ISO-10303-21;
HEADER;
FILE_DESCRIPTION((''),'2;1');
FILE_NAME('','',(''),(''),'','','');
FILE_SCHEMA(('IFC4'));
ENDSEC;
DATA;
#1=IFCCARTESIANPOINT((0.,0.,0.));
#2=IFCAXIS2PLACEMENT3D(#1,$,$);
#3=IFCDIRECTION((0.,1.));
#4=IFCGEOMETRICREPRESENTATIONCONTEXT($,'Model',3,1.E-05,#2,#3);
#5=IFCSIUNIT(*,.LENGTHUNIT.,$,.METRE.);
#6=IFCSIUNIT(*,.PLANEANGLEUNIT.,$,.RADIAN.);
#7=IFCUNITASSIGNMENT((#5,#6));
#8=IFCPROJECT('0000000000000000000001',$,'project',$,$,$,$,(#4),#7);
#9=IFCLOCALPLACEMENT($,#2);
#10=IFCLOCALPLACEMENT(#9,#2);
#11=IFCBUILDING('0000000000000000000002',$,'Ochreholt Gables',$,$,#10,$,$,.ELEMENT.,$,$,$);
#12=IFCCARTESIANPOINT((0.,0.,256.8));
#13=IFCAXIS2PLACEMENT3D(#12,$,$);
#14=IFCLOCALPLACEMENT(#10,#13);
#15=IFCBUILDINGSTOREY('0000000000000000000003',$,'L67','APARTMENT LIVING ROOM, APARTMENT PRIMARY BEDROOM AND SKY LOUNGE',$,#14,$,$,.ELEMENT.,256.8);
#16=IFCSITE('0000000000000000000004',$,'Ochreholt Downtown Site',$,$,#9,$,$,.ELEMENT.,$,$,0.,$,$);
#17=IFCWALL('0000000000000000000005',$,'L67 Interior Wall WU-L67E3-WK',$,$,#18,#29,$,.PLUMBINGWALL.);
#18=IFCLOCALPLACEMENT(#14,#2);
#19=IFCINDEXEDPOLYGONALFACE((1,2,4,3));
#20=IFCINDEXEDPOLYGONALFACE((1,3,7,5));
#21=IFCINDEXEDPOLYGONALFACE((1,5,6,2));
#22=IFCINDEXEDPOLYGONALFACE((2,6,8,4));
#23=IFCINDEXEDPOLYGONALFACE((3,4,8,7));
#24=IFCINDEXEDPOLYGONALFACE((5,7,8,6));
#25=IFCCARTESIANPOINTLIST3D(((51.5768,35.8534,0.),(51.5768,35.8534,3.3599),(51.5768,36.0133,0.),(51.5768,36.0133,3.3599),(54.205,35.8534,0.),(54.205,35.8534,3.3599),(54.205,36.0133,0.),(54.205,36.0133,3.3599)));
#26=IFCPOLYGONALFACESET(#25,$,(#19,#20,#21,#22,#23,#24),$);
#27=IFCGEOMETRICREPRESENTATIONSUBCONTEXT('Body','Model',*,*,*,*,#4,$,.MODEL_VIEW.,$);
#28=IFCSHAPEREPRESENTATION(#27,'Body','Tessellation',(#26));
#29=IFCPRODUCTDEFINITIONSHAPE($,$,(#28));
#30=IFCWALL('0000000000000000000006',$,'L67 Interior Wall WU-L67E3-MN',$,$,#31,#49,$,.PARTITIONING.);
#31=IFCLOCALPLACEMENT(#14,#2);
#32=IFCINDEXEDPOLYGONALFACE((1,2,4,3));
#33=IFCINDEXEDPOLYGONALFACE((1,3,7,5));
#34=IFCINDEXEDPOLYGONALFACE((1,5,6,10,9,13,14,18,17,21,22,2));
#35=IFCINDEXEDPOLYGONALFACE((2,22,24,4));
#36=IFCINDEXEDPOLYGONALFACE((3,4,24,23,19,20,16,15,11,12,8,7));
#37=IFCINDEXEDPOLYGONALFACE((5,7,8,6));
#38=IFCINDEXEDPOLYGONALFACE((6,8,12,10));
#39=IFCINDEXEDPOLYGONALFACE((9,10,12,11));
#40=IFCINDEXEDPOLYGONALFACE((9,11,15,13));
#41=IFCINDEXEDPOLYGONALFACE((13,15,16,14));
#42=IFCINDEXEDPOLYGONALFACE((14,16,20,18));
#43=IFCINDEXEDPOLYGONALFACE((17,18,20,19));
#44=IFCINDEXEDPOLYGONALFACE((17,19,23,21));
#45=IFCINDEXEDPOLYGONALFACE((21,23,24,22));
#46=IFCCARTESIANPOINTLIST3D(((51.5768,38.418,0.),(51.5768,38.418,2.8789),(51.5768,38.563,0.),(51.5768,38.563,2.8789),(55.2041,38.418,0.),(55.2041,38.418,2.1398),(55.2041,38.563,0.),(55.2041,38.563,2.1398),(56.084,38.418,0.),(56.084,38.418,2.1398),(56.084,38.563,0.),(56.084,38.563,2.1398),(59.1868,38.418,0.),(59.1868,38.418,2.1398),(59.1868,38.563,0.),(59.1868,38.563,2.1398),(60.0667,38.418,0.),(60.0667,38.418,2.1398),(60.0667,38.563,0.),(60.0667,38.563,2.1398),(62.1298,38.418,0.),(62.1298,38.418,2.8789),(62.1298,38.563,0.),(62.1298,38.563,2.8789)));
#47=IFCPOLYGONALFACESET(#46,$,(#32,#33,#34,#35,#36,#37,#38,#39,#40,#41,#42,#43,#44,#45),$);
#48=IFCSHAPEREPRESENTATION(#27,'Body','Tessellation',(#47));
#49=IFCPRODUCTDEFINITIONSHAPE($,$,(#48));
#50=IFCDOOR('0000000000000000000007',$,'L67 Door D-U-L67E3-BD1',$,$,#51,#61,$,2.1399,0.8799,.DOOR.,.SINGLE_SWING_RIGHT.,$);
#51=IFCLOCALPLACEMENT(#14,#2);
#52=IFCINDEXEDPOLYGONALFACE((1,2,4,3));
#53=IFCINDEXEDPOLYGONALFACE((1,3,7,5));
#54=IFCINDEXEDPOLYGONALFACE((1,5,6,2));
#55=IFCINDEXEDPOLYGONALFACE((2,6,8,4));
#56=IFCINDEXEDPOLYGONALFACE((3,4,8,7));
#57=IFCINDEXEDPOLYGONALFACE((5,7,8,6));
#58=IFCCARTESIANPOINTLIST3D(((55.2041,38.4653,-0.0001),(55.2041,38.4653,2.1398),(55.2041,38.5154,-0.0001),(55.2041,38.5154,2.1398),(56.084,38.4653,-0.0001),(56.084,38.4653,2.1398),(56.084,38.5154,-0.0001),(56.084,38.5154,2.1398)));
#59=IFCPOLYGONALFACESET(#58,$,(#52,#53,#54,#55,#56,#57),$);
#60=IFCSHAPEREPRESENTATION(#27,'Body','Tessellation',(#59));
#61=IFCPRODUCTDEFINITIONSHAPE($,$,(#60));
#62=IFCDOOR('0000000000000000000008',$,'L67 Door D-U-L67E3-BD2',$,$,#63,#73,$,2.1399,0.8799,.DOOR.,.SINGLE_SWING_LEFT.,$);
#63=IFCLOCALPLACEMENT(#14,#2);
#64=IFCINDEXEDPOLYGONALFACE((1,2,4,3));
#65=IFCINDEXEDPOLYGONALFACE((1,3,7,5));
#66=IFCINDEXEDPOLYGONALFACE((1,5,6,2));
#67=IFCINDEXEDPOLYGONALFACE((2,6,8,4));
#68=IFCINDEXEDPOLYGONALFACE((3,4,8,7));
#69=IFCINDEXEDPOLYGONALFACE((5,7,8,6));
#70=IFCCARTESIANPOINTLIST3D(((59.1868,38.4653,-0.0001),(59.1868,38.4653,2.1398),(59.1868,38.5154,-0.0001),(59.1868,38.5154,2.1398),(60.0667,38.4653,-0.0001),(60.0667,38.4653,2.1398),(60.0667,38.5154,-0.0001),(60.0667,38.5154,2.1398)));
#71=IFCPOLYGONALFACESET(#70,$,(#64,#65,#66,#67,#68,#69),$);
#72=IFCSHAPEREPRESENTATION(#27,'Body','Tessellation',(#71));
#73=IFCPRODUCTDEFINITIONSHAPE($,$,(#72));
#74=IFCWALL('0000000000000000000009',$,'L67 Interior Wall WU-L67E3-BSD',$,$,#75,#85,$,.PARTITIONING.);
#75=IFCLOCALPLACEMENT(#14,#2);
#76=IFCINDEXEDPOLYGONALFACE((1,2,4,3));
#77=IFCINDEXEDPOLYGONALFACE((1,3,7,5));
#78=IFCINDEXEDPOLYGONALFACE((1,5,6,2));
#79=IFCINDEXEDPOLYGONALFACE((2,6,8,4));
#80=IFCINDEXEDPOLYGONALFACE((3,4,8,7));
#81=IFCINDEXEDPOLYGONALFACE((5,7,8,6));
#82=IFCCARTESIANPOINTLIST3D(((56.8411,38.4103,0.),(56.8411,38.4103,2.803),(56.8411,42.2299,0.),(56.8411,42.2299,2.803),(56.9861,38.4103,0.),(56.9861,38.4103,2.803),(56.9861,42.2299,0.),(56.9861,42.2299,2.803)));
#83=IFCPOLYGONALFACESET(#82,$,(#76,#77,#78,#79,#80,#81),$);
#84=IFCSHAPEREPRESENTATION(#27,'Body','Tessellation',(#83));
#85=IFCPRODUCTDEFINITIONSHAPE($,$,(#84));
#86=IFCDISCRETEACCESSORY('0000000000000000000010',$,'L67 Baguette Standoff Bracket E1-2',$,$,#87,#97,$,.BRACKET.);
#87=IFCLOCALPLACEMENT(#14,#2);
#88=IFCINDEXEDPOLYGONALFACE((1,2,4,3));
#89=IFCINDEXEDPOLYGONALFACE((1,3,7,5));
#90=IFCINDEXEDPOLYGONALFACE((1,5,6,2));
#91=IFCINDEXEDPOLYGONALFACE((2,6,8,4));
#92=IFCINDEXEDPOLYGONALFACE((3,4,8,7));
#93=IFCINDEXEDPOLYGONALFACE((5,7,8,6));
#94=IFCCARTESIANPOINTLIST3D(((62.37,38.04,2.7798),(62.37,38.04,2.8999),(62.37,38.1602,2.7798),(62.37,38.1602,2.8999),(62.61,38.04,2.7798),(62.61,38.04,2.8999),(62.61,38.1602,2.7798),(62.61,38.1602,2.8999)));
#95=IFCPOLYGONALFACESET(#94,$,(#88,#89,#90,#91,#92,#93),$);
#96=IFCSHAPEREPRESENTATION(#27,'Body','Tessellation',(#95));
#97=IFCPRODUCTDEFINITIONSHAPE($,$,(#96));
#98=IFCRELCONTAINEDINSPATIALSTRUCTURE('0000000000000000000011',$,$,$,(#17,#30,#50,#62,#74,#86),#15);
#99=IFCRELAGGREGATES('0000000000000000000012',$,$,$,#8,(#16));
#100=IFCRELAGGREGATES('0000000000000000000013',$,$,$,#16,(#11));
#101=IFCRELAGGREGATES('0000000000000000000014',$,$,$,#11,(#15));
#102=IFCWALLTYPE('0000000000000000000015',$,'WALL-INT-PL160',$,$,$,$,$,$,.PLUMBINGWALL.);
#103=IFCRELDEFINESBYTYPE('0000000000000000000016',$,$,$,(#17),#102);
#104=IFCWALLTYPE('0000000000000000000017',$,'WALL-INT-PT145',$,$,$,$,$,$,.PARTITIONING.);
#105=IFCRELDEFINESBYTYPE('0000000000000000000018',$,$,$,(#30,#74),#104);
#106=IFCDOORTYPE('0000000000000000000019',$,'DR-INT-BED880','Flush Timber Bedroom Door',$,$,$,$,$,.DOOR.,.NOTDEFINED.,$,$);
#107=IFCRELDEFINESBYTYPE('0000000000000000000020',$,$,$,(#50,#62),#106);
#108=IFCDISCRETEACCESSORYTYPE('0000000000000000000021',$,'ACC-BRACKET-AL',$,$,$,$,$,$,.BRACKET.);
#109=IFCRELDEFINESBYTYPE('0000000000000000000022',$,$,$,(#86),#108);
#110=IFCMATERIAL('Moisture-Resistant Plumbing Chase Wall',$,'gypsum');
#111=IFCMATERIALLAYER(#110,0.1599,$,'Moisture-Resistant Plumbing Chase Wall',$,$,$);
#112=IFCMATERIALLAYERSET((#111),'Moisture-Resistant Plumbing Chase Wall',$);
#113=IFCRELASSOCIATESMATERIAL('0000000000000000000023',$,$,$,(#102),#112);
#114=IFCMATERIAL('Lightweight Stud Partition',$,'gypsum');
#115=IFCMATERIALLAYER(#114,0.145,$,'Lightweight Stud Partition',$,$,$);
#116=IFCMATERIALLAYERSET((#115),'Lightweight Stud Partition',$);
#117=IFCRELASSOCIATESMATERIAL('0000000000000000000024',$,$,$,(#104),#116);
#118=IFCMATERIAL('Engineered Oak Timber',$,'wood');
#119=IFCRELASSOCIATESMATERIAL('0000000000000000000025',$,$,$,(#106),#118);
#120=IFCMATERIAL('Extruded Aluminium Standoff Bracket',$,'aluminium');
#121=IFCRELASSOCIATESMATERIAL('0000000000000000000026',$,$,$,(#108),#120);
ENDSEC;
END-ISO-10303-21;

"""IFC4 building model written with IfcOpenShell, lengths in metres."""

from ifc_helpers import new_model, si_unit, direction, frame, frame_2d, origin, origin_2d, place, context, subcontext, project, spatial, rectangle, extrude, material, layer, layer_set, type_object, element, fill, save


model = new_model("IFC4")

# Units and contexts
model_context = context("Model", 3, precision=1e-05, world=origin(), true_north=direction((0.0, 1.0)))
body_context = subcontext(model_context, "Body", "Model", "MODEL_VIEW")
ifc_project = project(units=[si_unit("LENGTHUNIT", "METRE"), si_unit("PLANEANGLEUNIT", "RADIAN")], contexts=[model_context])

# Site, building, storey
site_placement = place(None, origin())
site = spatial("IfcSite", under=ifc_project, at=site_placement, Name="Ochreholt Downtown Site", CompositionType="ELEMENT", RefElevation=0.0)
building_placement = place(site_placement, origin())
building = spatial("IfcBuilding", under=site, at=building_placement, Name="Ochreholt Gables", CompositionType="ELEMENT")
storey_placement = place(building_placement, frame((0.0, 0.0, 256.8)))
storey = spatial("IfcBuildingStorey", under=building, at=storey_placement, Name="L67", Description="APARTMENT LIVING ROOM, APARTMENT PRIMARY BEDROOM AND SKY LOUNGE", CompositionType="ELEMENT", Elevation=256.8)

# Wall
ifc_material_1 = material(Name="Moisture-Resistant Plumbing Chase Wall", Category="gypsum")
ifc_layer_1 = layer(ifc_material_1, 0.1599, Name="Moisture-Resistant Plumbing Chase Wall")
ifc_layer_set_1 = layer_set([ifc_layer_1], Name="Moisture-Resistant Plumbing Chase Wall")
wall_type_1 = type_object("IfcWallType", Name="WALL-INT-PL160", PredefinedType="PLUMBINGWALL", material=ifc_layer_set_1)
wall_1_placement = place(storey_placement, frame((51.5769, 35.9333, 0.0), z_axis=(0.0, 0.0, 1.0), x_axis=(1.0, 0.0, 0.0)))
element("IfcWall", 1, at=wall_1_placement, inside=storey, type_object=wall_type_1, Name="L67 Interior Wall WU-L67E3-WK", PredefinedType="PLUMBINGWALL", context=body_context, shape_type="SweptSolid", body=[
    extrude(rectangle(XDim=2.6282, YDim=0.1599, at=frame_2d((1.314, 0.0))), origin(), (0.0, 0.0, 1.0), 3.3599),
])

# Wall, openings, doors
ifc_material_2 = material(Name="Lightweight Stud Partition", Category="gypsum")
ifc_layer_2 = layer(ifc_material_2, 0.145, Name="Lightweight Stud Partition")
ifc_layer_set_2 = layer_set([ifc_layer_2], Name="Lightweight Stud Partition")
wall_type_2 = type_object("IfcWallType", Name="WALL-INT-PT145", PredefinedType="PARTITIONING", material=ifc_layer_set_2)
wall_2_placement = place(storey_placement, frame((51.5769, 38.4905, 0.0), z_axis=(0.0, 0.0, 1.0), x_axis=(1.0, 0.0, 0.0)))
wall_2 = element("IfcWall", 2, at=wall_2_placement, inside=storey, type_object=wall_type_2, Name="L67 Interior Wall WU-L67E3-MN", PredefinedType="PARTITIONING", context=body_context, shape_type="SweptSolid", body=[
    extrude(rectangle(XDim=10.553, YDim=0.145, at=frame_2d((5.2764, 0.0))), origin(), (0.0, 0.0, 1.0), 2.8789),
])
opening_1_placement = place(wall_2_placement, frame((3.6272, 0.0, 0.0)))
opening_1 = element("IfcOpeningElement", 3, at=opening_1_placement, cuts=wall_2, PredefinedType="OPENING", context=body_context, shape_type="SweptSolid", body=[
    extrude(rectangle(XDim=0.8799, YDim=2.1399, at=frame_2d((0.4399, 1.0698))), frame((0.0, 0.0825, 0.0), z_axis=(0.0, -1.0, 0.0), x_axis=(1.0, 0.0, 0.0)), (0.0, 0.0, 1.0), 0.165),
])
opening_2_placement = place(wall_2_placement, frame((7.6099, 0.0, 0.0)))
opening_2 = element("IfcOpeningElement", 4, at=opening_2_placement, cuts=wall_2, PredefinedType="OPENING", context=body_context, shape_type="SweptSolid", body=[
    extrude(rectangle(XDim=0.8799, YDim=2.1399, at=frame_2d((0.4399, 1.0698))), frame((0.0, 0.0825, 0.0), z_axis=(0.0, -1.0, 0.0), x_axis=(1.0, 0.0, 0.0)), (0.0, 0.0, 1.0), 0.165),
])
ifc_material_3 = material(Name="Engineered Oak Timber", Category="wood")
door_type = type_object("IfcDoorType", Name="DR-INT-BED880", Description="Flush Timber Bedroom Door", OperationType="NOTDEFINED", PredefinedType="DOOR", material=ifc_material_3)
door_1_placement = place(opening_1_placement, origin())
door_1 = element("IfcDoor", 5, at=door_1_placement, inside=storey, type_object=door_type, Name="L67 Door D-U-L67E3-BD1", OperationType="SINGLE_SWING_RIGHT", OverallHeight=2.1399, OverallWidth=0.8799, PredefinedType="DOOR", context=body_context, shape_type="SweptSolid", body=[
    extrude(rectangle(XDim=0.8799, YDim=2.1399, at=frame_2d((0.4399, 1.0698))), frame((0.0, 0.0249, 0.0), z_axis=(0.0, -1.0, 0.0), x_axis=(1.0, 0.0, 0.0)), (0.0, 0.0, 1.0), 0.05),
])
fill(opening_1, door_1)
door_2_placement = place(opening_2_placement, origin())
door_2 = element("IfcDoor", 6, at=door_2_placement, inside=storey, type_object=door_type, Name="L67 Door D-U-L67E3-BD2", OperationType="SINGLE_SWING_LEFT", OverallHeight=2.1399, OverallWidth=0.8799, PredefinedType="DOOR", context=body_context, shape_type="SweptSolid", body=[
    extrude(rectangle(XDim=0.8799, YDim=2.1399, at=frame_2d((0.4399, 1.0698))), frame((0.0, 0.0249, 0.0), z_axis=(0.0, -1.0, 0.0), x_axis=(1.0, 0.0, 0.0)), (0.0, 0.0, 1.0), 0.05),
])
fill(opening_2, door_2)

# Wall
wall_3_placement = place(storey_placement, frame((56.9136, 38.4104, 0.0), z_axis=(0.0, 0.0, 1.0), x_axis=(0.0, 1.0, 0.0)))
element("IfcWall", 7, at=wall_3_placement, inside=storey, type_object=wall_type_2, Name="L67 Interior Wall WU-L67E3-BSD", PredefinedType="PARTITIONING", context=body_context, shape_type="SweptSolid", body=[
    extrude(rectangle(XDim=3.8196, YDim=0.145, at=frame_2d((1.9097, 0.0))), origin(), (0.0, 0.0, 1.0), 2.803),
])

# Discrete accessory
ifc_material_4 = material(Name="Extruded Aluminium Standoff Bracket", Category="aluminium")
discrete_accessory_type = type_object("IfcDiscreteAccessoryType", Name="ACC-BRACKET-AL", PredefinedType="BRACKET", material=ifc_material_4)
discrete_accessory_placement = place(storey_placement, frame((62.49, 38.1001, 2.7798), z_axis=(0.0, 0.0, 1.0), x_axis=(0.0, 1.0, 0.0)))
element("IfcDiscreteAccessory", 8, at=discrete_accessory_placement, inside=storey, type_object=discrete_accessory_type, Name="L67 Baguette Standoff Bracket E1-2", PredefinedType="BRACKET", context=body_context, shape_type="SweptSolid", body=[
    extrude(rectangle(XDim=0.1201, YDim=0.24, at=origin_2d()), origin(), (0.0, 0.0, 1.0), 0.1201),
])

save(model, "model.ifc")
